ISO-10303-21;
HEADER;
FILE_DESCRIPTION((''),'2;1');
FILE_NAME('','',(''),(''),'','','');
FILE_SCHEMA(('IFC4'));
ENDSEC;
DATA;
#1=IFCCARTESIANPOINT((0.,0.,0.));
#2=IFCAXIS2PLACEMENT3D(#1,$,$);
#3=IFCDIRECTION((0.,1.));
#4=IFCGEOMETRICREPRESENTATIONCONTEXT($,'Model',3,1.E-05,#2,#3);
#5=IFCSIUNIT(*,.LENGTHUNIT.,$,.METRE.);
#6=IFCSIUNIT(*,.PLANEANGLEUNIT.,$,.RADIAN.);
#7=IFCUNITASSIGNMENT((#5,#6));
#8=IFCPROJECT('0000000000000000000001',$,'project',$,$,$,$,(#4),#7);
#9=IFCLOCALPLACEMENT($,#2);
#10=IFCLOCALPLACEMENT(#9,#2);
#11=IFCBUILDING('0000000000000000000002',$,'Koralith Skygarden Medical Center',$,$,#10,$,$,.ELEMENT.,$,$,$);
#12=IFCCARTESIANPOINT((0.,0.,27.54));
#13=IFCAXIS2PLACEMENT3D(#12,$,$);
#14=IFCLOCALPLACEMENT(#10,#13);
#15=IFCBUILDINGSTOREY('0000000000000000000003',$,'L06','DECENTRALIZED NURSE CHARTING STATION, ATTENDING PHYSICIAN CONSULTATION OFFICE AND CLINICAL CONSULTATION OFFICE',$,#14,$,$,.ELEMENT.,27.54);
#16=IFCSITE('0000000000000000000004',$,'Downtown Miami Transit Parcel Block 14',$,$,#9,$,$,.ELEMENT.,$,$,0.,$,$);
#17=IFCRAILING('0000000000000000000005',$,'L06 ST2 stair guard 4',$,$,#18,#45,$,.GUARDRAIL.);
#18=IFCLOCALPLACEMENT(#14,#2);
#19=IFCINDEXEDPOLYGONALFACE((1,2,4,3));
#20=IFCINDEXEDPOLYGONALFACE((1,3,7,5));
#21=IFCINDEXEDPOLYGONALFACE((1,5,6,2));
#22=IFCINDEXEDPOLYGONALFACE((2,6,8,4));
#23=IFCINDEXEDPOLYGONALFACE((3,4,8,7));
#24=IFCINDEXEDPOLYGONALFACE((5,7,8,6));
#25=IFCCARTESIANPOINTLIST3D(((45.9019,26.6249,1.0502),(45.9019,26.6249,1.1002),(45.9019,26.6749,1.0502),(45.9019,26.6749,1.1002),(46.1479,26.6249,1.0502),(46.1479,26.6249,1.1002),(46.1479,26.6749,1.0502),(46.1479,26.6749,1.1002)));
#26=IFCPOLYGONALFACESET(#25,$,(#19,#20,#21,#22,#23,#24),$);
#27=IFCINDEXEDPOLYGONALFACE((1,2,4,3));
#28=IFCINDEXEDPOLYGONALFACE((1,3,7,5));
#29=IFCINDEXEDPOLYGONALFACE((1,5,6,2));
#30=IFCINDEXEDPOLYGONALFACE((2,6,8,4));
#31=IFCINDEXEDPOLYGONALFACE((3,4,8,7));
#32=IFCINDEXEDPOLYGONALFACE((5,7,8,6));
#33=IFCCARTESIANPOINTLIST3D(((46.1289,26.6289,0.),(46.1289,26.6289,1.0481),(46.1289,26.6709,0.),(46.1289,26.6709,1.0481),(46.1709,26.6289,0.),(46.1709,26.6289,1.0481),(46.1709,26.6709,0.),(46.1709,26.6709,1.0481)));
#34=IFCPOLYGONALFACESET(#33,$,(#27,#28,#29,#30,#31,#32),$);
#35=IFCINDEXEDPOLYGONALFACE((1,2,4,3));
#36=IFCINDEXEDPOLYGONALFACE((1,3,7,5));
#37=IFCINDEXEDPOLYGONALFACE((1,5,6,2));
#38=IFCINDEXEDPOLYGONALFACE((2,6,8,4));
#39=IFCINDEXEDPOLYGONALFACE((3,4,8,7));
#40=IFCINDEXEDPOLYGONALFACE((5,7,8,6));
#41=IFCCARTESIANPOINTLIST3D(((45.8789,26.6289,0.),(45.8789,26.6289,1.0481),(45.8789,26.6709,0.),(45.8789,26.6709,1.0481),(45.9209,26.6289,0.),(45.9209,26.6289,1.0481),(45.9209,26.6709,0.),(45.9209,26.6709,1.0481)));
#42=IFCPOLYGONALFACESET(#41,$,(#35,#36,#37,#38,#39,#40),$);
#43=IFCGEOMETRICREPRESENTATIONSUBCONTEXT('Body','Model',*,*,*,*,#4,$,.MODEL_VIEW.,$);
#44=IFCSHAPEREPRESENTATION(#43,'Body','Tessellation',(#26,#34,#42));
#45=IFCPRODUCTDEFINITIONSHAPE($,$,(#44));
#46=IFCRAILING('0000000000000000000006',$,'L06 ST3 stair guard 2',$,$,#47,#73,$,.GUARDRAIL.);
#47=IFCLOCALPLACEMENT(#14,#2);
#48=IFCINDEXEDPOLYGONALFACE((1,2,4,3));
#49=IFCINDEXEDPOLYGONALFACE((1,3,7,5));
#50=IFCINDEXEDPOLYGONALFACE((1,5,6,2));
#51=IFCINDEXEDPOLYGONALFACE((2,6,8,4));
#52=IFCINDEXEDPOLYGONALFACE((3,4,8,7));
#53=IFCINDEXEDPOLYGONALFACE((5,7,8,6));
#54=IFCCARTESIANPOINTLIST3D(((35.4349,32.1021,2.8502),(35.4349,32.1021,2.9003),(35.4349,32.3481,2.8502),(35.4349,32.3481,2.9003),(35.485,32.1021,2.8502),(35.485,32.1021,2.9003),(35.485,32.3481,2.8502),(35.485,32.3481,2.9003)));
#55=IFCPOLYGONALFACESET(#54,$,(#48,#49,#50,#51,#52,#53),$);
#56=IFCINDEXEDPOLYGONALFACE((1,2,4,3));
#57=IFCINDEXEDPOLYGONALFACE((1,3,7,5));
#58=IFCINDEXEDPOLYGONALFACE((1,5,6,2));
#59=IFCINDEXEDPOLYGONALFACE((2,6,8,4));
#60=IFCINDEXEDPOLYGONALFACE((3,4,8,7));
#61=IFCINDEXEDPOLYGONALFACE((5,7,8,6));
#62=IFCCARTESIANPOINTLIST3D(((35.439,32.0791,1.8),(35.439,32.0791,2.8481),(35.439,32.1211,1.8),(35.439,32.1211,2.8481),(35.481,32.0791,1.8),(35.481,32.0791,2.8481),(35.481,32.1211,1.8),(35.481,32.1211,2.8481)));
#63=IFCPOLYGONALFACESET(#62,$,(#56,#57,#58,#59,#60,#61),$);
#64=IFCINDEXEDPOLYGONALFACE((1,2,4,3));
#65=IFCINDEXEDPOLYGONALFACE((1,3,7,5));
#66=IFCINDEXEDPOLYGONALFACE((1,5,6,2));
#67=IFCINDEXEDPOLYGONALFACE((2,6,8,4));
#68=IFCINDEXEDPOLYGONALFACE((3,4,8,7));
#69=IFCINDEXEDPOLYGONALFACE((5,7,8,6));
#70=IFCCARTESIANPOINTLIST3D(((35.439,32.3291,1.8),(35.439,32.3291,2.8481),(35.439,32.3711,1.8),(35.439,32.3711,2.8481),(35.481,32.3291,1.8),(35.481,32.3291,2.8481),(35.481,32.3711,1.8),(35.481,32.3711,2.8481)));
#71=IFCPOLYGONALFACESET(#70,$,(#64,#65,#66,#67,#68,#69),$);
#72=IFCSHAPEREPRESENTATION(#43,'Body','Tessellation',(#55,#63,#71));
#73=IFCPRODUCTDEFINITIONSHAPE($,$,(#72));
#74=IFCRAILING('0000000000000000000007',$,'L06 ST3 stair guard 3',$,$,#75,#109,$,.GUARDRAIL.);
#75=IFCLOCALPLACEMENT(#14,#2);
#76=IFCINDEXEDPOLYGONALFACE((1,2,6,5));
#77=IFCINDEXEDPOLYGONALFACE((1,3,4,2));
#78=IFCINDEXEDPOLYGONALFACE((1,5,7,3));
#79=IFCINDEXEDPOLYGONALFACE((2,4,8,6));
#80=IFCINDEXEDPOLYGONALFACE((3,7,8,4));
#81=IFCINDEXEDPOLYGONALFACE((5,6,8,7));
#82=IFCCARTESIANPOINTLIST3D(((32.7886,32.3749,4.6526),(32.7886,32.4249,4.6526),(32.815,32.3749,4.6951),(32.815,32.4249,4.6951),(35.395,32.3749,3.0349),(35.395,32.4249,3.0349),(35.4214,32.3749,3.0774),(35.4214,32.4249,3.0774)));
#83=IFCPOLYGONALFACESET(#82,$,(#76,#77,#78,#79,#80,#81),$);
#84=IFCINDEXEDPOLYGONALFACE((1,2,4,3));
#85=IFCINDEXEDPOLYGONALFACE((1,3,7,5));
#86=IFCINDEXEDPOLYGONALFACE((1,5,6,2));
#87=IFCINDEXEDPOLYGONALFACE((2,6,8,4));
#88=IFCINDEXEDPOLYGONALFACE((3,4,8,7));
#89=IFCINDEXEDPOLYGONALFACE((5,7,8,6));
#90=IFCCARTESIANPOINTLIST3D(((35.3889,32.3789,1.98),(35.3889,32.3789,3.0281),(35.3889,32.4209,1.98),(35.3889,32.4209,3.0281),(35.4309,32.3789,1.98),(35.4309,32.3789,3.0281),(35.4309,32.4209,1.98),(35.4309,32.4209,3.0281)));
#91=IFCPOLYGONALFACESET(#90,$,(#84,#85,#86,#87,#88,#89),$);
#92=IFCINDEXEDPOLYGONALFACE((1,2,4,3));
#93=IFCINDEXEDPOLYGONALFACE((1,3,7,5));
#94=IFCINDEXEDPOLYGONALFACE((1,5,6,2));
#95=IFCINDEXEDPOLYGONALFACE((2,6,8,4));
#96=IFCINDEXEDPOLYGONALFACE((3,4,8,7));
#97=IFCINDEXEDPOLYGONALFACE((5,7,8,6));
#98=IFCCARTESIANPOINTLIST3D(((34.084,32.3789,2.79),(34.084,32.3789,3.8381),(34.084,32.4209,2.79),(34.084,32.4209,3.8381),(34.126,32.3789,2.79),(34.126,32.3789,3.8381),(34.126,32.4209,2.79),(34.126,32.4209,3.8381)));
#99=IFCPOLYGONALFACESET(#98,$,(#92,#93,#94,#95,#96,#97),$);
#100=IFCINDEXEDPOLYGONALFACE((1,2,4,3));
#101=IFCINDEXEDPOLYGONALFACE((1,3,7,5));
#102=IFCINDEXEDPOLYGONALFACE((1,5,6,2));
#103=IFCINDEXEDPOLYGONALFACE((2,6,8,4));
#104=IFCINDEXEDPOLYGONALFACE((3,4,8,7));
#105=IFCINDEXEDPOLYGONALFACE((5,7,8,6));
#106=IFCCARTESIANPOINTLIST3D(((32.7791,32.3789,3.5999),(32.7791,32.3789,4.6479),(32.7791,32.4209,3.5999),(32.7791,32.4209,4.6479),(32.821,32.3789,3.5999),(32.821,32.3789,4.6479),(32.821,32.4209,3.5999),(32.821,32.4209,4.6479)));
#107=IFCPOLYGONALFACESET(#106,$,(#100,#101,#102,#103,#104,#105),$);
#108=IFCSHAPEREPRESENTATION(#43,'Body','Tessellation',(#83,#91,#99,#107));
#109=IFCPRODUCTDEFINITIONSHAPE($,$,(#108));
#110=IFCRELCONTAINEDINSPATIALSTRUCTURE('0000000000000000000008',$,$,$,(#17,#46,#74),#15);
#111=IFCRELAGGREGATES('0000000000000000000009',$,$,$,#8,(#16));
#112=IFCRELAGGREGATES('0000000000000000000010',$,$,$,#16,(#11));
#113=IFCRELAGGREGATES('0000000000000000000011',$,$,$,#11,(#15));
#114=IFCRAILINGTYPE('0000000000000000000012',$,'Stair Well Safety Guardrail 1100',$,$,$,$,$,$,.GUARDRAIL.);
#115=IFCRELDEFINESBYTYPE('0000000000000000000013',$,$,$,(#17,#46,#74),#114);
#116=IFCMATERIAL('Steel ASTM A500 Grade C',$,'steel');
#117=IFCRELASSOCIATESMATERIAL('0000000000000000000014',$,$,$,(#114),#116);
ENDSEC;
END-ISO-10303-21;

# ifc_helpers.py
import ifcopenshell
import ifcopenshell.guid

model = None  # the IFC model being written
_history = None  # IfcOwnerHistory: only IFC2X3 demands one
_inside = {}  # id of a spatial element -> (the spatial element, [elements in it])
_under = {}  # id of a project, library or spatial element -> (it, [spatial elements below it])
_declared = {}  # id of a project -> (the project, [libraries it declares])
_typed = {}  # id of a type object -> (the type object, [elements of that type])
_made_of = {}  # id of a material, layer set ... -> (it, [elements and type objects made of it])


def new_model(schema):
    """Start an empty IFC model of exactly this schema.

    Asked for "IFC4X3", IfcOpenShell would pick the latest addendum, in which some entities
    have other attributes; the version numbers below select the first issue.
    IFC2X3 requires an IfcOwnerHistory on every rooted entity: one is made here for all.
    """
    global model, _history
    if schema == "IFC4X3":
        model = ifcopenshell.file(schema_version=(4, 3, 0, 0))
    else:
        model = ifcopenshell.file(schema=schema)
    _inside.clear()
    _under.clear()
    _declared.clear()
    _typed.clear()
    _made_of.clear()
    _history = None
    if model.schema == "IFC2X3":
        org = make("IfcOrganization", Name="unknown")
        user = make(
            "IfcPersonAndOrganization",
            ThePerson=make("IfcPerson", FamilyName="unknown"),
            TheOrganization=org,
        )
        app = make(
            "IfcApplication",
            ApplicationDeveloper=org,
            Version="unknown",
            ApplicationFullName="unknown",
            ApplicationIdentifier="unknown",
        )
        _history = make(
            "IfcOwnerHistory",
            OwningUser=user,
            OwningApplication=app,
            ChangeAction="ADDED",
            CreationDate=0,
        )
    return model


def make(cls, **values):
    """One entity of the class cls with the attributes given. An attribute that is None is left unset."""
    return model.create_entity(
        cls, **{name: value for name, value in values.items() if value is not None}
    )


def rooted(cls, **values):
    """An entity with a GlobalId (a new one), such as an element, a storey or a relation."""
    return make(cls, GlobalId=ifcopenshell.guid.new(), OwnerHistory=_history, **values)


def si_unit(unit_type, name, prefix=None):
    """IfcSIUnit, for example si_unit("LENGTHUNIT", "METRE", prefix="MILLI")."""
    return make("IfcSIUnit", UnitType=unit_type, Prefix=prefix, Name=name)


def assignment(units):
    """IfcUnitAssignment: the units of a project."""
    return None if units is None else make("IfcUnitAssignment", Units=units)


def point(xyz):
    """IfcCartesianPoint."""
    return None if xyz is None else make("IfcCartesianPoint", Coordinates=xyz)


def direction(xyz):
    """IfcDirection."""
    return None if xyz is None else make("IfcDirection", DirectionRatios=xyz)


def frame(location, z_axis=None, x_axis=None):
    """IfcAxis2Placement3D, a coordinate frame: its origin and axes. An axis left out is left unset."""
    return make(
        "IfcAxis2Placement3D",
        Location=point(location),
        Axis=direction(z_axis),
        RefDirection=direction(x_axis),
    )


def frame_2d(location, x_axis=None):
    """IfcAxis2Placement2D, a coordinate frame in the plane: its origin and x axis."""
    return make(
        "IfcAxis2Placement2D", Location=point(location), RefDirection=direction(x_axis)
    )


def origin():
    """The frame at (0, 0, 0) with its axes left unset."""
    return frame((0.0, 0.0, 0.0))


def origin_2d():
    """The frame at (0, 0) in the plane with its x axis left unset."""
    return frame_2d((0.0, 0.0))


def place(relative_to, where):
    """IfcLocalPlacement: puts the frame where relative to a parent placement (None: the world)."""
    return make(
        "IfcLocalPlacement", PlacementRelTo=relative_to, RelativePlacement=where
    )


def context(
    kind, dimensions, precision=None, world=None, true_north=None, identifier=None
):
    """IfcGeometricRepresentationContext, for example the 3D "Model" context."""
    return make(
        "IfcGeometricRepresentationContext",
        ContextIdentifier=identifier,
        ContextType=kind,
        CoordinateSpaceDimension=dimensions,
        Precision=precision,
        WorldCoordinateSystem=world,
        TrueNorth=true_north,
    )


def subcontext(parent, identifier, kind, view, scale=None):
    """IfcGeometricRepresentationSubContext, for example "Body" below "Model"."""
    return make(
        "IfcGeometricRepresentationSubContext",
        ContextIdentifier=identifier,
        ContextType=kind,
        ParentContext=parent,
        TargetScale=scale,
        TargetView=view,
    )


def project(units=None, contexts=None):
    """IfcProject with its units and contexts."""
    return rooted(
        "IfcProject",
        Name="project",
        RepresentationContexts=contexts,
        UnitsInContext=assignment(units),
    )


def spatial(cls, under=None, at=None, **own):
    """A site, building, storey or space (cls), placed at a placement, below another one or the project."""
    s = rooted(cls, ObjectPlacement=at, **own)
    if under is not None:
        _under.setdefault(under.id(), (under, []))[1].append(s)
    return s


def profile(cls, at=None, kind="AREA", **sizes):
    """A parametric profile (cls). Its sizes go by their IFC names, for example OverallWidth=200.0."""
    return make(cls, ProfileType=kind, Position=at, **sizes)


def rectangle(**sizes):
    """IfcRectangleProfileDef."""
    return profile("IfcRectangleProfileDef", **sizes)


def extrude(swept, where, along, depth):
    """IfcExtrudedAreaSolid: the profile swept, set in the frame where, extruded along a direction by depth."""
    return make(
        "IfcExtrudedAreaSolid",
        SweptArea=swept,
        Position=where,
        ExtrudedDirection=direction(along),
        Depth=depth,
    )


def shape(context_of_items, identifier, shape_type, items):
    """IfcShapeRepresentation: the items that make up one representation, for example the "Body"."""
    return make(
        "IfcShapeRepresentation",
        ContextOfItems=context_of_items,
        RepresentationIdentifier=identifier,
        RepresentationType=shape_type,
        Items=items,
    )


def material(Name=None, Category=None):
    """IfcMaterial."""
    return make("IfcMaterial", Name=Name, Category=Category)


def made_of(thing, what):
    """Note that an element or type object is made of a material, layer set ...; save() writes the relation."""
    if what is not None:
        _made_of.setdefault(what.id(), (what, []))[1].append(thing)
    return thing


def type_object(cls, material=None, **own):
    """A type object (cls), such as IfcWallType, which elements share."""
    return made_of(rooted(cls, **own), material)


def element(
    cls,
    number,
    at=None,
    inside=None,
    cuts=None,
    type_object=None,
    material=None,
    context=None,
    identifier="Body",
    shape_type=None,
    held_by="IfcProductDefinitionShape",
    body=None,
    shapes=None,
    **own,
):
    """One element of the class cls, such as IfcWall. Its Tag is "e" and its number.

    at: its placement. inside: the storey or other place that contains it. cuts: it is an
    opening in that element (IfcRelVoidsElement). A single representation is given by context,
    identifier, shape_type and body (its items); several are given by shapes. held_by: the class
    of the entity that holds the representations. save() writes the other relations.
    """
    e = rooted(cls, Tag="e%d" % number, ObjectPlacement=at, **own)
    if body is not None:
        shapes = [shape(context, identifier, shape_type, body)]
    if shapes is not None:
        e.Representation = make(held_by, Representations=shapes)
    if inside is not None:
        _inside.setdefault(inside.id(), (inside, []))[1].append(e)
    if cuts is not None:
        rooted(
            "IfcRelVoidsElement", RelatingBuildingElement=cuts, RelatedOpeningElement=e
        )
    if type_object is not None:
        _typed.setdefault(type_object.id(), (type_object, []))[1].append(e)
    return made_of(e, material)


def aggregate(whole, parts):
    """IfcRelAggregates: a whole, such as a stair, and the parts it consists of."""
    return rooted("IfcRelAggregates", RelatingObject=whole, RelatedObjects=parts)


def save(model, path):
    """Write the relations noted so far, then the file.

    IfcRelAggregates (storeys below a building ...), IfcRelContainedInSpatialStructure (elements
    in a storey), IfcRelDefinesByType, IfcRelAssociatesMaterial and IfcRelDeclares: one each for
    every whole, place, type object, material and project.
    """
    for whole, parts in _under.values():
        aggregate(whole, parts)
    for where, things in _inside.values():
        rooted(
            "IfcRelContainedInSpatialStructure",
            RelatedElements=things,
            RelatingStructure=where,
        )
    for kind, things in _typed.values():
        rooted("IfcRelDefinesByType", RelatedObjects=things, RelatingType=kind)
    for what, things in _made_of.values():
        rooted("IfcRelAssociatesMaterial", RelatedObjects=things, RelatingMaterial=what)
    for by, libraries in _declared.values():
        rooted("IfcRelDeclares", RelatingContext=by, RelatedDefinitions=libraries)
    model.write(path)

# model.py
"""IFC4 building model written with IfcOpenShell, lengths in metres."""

from ifc_helpers import new_model, si_unit, direction, frame, origin, origin_2d, place, context, subcontext, project, spatial, rectangle, extrude, material, type_object, element, save


model = new_model("IFC4")

# Units and contexts
model_context = context("Model", 3, precision=1e-05, world=origin(), true_north=direction((0.0, 1.0)))
body_context = subcontext(model_context, "Body", "Model", "MODEL_VIEW")
ifc_project = project(units=[si_unit("LENGTHUNIT", "METRE"), si_unit("PLANEANGLEUNIT", "RADIAN")], contexts=[model_context])

# Site, building, storey
site_placement = place(None, origin())
site = spatial("IfcSite", under=ifc_project, at=site_placement, Name="Downtown Miami Transit Parcel Block 14", CompositionType="ELEMENT", RefElevation=0.0)
building_placement = place(site_placement, origin())
building = spatial("IfcBuilding", under=site, at=building_placement, Name="Koralith Skygarden Medical Center", CompositionType="ELEMENT")
storey_placement = place(building_placement, frame((0.0, 0.0, 27.54)))
storey = spatial("IfcBuildingStorey", under=building, at=storey_placement, Name="L06", Description="DECENTRALIZED NURSE CHARTING STATION, ATTENDING PHYSICIAN CONSULTATION OFFICE AND CLINICAL CONSULTATION OFFICE", CompositionType="ELEMENT", Elevation=27.54)

# Railings
ifc_material_1 = material(Name="Steel ASTM A500 Grade C", Category="steel")
railing_type_1 = type_object("IfcRailingType", Name="Stair Well Safety Guardrail 1100", PredefinedType="GUARDRAIL", material=ifc_material_1)
railing_1_placement = place(storey_placement, frame((46.1499, 26.6499, 0.0)))
element("IfcRailing", 1, at=railing_1_placement, inside=storey, type_object=railing_type_1, Name="L06 ST2 stair guard 4", PredefinedType="GUARDRAIL", context=body_context, shape_type="SweptSolid", body=[
    extrude(rectangle(XDim=0.05, YDim=0.05, at=origin_2d()), frame((-0.002, 0.0, 1.0752), z_axis=(-1.0, 0.0, 0.0), x_axis=(0.0, -1.0, 0.0)), (0.0, 0.0, 1.0), 0.2461),
    extrude(rectangle(XDim=0.042, YDim=0.042, at=origin_2d()), origin(), (0.0, 0.0, 1.0), 1.0481),
    extrude(rectangle(XDim=0.042, YDim=0.042, at=origin_2d()), frame((-0.25, 0.0, 0.0)), (0.0, 0.0, 1.0), 1.0481),
])
railing_2_placement = place(storey_placement, frame((35.46, 32.1001, 1.8)))
element("IfcRailing", 2, at=railing_2_placement, inside=storey, type_object=railing_type_1, Name="L06 ST3 stair guard 2", PredefinedType="GUARDRAIL", context=body_context, shape_type="SweptSolid", body=[
    extrude(rectangle(XDim=0.05, YDim=0.05, at=origin_2d()), frame((0.0, 0.002, 1.0752), z_axis=(0.0, 1.0, 0.0), x_axis=(-1.0, 0.0, 0.0)), (0.0, 0.0, 1.0), 0.2461),
    extrude(rectangle(XDim=0.042, YDim=0.042, at=origin_2d()), origin(), (0.0, 0.0, 1.0), 1.0481),
    extrude(rectangle(XDim=0.042, YDim=0.042, at=origin_2d()), frame((0.0, 0.25, 0.0)), (0.0, 0.0, 1.0), 1.0481),
])
railing_3_placement = place(storey_placement, frame((35.4099, 32.3999, 1.98)))
element("IfcRailing", 3, at=railing_3_placement, inside=storey, type_object=railing_type_1, Name="L06 ST3 stair guard 3", PredefinedType="GUARDRAIL", context=body_context, shape_type="SweptSolid", body=[
    extrude(rectangle(XDim=0.05, YDim=0.05, at=origin_2d()), frame((-0.0017, 0.0, 1.0762), z_axis=(-0.849646, 0.0, 0.527353), x_axis=(0.0, -1.0, 0.0)), (0.0, 0.0, 1.0), 3.0676),
    extrude(rectangle(XDim=0.042, YDim=0.042, at=origin_2d()), origin(), (0.0, 0.0, 1.0), 1.0481),
    extrude(rectangle(XDim=0.042, YDim=0.042, at=origin_2d()), frame((-1.3049, 0.0, 0.8101)), (0.0, 0.0, 1.0), 1.0481),
    extrude(rectangle(XDim=0.042, YDim=0.042, at=origin_2d()), frame((-2.6099, 0.0, 1.6199)), (0.0, 0.0, 1.0), 1.0481),
])

save(model, "model.ifc")
